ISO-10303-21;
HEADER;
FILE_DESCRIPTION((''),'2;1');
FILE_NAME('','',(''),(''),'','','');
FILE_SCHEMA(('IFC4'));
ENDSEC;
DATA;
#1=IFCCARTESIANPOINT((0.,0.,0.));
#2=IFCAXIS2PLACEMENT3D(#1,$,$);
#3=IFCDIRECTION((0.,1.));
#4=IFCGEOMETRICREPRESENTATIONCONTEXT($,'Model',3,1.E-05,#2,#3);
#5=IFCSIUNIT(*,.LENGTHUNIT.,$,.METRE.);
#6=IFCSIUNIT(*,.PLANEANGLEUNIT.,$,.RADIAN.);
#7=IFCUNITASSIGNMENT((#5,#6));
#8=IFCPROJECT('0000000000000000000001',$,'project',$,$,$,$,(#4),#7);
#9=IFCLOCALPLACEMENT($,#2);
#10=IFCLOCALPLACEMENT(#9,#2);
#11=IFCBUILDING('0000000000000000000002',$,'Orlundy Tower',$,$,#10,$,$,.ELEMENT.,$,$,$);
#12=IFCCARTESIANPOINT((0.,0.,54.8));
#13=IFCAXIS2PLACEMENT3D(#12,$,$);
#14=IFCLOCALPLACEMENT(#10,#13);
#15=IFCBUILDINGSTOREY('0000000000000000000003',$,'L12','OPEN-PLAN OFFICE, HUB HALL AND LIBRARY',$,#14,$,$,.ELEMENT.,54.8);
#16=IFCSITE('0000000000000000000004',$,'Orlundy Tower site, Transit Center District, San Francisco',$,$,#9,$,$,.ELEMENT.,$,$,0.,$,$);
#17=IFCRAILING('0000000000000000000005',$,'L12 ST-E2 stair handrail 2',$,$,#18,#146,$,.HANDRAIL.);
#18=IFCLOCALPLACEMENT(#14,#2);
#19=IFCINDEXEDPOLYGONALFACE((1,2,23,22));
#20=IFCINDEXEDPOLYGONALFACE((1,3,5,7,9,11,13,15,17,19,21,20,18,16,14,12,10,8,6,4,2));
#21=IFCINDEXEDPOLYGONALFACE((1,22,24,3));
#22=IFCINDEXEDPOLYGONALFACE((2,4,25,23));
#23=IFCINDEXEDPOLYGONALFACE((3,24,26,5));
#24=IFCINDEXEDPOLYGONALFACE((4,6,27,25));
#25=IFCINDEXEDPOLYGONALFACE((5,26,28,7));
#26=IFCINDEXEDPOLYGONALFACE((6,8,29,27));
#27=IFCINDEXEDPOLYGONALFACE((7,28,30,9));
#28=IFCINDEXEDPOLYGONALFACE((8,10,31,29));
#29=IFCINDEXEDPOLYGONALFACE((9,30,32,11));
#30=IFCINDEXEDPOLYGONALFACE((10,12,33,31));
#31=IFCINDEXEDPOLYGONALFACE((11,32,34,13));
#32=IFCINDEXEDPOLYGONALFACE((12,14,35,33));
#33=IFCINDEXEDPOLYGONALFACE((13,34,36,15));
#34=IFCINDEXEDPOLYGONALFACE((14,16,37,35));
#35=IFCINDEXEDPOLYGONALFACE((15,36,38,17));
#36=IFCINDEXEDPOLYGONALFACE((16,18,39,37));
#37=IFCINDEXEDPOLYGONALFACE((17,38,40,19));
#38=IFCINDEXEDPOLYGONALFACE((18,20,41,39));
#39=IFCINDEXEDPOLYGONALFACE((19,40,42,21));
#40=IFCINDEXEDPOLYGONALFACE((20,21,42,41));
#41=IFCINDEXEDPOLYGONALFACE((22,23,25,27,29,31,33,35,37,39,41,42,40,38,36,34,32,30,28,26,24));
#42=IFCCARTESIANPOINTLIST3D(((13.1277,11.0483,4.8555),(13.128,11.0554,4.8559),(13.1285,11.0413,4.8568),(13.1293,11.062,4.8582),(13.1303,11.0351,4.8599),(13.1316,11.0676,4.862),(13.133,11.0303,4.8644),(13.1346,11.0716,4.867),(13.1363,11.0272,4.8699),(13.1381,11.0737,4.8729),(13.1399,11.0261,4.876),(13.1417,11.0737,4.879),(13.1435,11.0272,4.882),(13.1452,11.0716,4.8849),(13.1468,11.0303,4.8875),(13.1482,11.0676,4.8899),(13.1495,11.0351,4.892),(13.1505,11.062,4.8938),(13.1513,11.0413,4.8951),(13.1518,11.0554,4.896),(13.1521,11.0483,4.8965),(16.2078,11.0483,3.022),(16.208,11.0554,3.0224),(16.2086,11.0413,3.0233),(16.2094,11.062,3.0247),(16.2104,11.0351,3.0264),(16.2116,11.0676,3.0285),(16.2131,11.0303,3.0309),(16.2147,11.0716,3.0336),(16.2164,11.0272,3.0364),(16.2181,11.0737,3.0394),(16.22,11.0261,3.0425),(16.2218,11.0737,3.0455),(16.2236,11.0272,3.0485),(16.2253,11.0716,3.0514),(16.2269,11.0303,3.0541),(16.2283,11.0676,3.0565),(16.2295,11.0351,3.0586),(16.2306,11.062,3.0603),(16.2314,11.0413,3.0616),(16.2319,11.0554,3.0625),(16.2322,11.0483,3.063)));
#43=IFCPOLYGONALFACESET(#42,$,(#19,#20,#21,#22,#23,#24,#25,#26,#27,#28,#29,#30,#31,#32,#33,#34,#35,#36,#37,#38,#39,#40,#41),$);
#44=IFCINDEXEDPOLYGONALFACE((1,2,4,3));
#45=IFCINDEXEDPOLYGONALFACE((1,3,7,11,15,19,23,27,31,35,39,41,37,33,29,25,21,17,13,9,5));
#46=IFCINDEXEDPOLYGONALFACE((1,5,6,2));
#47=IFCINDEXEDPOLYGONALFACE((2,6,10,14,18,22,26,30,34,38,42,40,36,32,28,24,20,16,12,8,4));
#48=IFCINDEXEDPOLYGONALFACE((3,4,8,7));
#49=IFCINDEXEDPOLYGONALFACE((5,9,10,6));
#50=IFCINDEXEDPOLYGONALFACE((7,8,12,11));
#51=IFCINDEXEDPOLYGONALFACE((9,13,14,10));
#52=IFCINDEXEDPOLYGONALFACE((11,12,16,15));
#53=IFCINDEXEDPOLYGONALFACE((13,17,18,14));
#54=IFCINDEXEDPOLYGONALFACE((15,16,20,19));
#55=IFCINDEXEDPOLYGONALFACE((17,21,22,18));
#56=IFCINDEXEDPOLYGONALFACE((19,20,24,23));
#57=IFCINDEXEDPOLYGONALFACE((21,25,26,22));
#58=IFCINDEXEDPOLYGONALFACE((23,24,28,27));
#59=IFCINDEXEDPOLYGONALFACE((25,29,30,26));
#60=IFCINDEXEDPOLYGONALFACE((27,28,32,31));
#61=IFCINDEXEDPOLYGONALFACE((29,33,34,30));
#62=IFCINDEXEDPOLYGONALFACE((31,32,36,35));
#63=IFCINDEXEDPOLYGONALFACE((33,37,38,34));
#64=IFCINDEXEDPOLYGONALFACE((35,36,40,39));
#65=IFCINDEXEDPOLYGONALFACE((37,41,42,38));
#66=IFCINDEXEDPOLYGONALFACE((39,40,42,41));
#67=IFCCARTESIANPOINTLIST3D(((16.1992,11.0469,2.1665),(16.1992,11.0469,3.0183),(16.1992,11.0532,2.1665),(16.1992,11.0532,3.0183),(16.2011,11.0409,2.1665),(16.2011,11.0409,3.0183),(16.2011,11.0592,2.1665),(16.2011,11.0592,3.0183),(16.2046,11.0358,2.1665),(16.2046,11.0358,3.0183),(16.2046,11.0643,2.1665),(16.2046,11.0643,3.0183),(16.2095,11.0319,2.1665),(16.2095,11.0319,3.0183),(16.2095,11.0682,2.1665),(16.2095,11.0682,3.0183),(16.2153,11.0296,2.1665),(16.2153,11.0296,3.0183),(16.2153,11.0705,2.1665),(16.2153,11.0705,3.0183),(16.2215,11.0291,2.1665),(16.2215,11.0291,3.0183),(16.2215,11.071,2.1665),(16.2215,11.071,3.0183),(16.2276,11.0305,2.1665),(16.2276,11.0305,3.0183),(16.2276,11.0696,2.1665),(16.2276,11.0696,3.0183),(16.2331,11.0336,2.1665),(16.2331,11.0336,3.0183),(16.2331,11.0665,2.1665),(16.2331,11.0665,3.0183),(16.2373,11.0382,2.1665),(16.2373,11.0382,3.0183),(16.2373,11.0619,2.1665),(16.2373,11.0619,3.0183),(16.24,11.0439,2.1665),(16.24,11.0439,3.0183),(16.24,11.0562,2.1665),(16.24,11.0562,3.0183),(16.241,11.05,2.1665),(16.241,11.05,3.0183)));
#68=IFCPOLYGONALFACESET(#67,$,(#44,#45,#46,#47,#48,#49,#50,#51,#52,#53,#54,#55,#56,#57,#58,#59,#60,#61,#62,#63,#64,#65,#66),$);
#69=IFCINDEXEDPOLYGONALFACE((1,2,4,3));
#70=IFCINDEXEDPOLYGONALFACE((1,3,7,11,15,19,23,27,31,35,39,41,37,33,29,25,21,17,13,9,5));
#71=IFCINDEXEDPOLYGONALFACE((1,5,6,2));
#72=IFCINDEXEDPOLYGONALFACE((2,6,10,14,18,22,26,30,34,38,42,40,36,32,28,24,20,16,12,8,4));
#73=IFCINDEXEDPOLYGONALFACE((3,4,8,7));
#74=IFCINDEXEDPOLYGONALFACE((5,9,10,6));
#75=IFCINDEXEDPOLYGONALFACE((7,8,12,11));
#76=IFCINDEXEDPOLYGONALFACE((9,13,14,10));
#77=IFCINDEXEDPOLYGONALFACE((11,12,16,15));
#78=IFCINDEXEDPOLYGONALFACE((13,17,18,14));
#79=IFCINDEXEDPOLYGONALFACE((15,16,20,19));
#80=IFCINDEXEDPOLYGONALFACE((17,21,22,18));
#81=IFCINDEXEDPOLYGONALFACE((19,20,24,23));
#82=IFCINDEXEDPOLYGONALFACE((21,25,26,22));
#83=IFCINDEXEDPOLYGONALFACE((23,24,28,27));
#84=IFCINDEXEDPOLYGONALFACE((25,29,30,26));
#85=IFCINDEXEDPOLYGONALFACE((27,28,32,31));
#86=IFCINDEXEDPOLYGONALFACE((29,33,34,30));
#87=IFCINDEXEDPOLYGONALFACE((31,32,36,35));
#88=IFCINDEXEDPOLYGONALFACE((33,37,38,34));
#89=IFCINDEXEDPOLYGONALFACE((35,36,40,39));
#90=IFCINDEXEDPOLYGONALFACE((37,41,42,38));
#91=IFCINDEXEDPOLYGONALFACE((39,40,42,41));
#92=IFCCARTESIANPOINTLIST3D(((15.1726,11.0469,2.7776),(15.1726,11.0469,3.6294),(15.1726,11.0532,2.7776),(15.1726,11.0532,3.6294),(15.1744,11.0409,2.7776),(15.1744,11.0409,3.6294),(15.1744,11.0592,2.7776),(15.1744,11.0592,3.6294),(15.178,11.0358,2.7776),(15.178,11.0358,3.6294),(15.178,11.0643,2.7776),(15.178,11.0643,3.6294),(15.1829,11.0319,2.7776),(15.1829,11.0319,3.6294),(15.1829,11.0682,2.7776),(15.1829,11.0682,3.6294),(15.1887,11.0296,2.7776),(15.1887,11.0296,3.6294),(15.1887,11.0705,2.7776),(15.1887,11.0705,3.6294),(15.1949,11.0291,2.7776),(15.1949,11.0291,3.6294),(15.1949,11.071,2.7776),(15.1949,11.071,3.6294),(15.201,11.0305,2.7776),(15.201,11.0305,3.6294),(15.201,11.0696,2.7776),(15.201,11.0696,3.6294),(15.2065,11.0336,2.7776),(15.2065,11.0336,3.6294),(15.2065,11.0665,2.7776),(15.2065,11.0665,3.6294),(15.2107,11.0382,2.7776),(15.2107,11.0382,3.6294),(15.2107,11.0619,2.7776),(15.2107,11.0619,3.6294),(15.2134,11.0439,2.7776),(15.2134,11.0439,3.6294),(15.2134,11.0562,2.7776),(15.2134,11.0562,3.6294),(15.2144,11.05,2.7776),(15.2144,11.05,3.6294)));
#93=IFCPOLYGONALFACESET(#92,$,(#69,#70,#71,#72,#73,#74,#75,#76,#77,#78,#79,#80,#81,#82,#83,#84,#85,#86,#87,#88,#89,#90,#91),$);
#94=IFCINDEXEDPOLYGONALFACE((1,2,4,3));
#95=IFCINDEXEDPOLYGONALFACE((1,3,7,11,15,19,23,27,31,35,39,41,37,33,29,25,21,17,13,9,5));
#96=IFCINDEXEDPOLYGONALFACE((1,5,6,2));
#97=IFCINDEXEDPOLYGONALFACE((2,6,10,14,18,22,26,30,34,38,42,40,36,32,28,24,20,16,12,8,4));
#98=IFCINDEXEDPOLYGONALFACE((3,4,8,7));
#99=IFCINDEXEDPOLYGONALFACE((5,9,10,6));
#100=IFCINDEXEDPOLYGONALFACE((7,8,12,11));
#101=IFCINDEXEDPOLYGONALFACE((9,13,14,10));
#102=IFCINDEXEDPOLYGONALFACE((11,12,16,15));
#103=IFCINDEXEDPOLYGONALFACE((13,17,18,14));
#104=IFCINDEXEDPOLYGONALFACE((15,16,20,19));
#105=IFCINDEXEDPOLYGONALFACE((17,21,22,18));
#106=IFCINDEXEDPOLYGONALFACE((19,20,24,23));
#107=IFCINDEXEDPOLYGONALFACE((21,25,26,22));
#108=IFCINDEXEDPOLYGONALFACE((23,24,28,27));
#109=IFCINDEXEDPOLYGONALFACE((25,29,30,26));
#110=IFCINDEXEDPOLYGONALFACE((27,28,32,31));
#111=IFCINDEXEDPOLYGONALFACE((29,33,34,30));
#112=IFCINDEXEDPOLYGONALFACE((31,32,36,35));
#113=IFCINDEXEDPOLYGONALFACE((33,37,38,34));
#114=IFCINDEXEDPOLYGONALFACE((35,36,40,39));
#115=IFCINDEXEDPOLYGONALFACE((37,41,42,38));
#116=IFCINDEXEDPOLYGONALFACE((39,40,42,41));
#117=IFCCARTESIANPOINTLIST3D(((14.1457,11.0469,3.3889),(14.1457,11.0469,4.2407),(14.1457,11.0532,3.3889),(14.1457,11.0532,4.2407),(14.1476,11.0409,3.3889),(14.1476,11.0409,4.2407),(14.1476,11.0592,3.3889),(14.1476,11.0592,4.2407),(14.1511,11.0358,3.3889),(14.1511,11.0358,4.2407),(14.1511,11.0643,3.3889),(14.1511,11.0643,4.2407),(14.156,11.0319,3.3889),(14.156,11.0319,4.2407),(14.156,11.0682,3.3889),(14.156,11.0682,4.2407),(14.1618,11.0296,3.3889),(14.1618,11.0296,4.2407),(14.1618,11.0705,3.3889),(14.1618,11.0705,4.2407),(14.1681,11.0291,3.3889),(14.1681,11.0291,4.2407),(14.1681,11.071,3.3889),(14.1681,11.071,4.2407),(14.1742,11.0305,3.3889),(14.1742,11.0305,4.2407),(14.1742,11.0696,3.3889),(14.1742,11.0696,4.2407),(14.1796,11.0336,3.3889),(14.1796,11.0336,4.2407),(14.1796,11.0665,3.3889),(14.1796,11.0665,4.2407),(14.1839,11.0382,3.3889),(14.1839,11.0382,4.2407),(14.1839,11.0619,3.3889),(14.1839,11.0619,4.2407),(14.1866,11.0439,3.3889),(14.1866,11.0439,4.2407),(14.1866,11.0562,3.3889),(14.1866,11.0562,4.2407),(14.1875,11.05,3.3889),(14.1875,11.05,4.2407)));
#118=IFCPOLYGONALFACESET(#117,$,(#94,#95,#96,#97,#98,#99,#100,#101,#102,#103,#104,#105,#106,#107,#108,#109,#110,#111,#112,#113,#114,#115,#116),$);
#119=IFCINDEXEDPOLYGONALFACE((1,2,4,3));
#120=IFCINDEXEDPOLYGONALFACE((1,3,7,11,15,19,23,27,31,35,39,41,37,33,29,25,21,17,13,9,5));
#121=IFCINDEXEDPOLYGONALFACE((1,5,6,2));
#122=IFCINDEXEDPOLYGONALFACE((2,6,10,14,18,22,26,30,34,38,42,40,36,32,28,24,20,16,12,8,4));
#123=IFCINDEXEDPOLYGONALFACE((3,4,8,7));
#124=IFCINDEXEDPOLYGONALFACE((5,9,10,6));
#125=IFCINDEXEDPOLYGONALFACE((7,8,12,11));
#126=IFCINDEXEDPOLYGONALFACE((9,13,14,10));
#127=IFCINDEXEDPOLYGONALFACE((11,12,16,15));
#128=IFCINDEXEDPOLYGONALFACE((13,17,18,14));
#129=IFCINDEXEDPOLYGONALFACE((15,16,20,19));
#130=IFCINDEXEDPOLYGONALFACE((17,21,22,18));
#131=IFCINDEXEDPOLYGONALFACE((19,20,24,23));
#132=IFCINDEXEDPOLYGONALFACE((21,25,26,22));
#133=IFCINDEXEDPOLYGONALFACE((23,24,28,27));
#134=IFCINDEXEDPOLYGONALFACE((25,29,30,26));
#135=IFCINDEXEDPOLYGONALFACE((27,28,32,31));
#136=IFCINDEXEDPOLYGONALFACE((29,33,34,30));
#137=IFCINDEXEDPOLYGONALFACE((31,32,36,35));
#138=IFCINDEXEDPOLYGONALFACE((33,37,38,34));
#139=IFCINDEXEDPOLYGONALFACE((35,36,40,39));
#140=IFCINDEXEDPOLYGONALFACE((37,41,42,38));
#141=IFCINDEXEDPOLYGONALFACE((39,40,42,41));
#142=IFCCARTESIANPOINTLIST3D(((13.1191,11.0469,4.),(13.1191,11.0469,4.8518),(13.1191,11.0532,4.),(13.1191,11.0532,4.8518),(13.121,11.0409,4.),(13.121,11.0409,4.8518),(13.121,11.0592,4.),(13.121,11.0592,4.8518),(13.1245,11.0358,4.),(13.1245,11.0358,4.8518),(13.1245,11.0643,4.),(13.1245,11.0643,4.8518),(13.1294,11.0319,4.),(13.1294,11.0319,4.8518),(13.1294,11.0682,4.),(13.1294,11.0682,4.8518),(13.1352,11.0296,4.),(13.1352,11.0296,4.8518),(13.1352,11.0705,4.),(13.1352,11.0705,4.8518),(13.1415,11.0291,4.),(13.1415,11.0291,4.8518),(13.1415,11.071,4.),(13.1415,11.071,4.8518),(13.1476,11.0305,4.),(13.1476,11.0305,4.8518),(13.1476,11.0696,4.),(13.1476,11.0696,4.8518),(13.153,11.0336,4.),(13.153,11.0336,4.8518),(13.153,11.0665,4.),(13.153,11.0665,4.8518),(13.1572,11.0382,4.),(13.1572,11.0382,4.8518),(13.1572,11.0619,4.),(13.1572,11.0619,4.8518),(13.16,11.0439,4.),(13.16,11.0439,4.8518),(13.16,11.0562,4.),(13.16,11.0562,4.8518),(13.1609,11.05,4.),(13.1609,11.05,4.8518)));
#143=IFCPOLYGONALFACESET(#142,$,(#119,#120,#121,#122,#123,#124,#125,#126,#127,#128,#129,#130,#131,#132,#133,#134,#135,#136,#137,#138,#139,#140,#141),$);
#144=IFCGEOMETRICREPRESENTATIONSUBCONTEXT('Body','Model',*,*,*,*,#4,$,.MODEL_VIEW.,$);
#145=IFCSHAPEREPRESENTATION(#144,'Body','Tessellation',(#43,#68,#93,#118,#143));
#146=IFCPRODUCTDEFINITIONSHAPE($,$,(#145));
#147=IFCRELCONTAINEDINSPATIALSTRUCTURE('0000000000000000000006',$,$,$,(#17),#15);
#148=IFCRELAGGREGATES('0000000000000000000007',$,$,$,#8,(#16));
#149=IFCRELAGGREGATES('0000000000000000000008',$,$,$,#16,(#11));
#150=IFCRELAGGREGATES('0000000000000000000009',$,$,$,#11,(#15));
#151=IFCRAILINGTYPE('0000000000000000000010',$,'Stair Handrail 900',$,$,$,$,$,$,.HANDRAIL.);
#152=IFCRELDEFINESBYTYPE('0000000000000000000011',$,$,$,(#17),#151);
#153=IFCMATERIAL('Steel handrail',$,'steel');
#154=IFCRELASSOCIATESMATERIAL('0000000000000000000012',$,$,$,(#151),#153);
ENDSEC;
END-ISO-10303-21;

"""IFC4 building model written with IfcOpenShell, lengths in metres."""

from ifc_helpers import new_model, si_unit, direction, frame, origin, origin_2d, place, context, subcontext, project, spatial, circle, extrude, material, type_object, element, save


model = new_model("IFC4")

# Units and contexts
model_context = context("Model", 3, precision=1e-05, world=origin(), true_north=direction((0.0, 1.0)))
body_context = subcontext(model_context, "Body", "Model", "MODEL_VIEW")
ifc_project = project(units=[si_unit("LENGTHUNIT", "METRE"), si_unit("PLANEANGLEUNIT", "RADIAN")], contexts=[model_context])

# Site, building, storey
site_placement = place(None, origin())
site = spatial("IfcSite", under=ifc_project, at=site_placement, Name="Orlundy Tower site, Transit Center District, San Francisco", CompositionType="ELEMENT", RefElevation=0.0)
building_placement = place(site_placement, origin())
building = spatial("IfcBuilding", under=site, at=building_placement, Name="Orlundy Tower", CompositionType="ELEMENT")
storey_placement = place(building_placement, frame((0.0, 0.0, 54.8)))
storey = spatial("IfcBuildingStorey", under=building, at=storey_placement, Name="L12", Description="OPEN-PLAN OFFICE, HUB HALL AND LIBRARY", CompositionType="ELEMENT", Elevation=54.8)

# Railing
ifc_material_1 = material(Name="Steel handrail", Category="steel")
railing_type_1 = type_object("IfcRailingType", Name="Stair Handrail 900", PredefinedType="HANDRAIL", material=ifc_material_1)
railing_1_placement = place(storey_placement, frame((16.22, 11.05, 2.1665)))
element("IfcRailing", 1, at=railing_1_placement, inside=storey, type_object=railing_type_1, Name="L12 ST-E2 stair handrail 2", PredefinedType="HANDRAIL", context=body_context, shape_type="SweptSolid", body=[
    extrude(circle(Radius=0.0239, at=origin_2d()), frame((0.0, 0.0, 0.876), z_axis=(-0.859279, 0.0, 0.511508), x_axis=(0.0, -1.0, 0.0)), (0.0, 0.0, 1.0), 3.5845),
    extrude(circle(Radius=0.021, at=origin_2d()), origin(), (0.0, 0.0, 1.0), 0.8518),
    extrude(circle(Radius=0.021, at=origin_2d()), frame((-1.0266, 0.0, 0.6111)), (0.0, 0.0, 1.0), 0.8518),
    extrude(circle(Radius=0.021, at=origin_2d()), frame((-2.0535, 0.0, 1.2224)), (0.0, 0.0, 1.0), 0.8518),
    extrude(circle(Radius=0.021, at=origin_2d()), frame((-3.0801, 0.0, 1.8335)), (0.0, 0.0, 1.0), 0.8518),
])

save(model, "model.ifc")
